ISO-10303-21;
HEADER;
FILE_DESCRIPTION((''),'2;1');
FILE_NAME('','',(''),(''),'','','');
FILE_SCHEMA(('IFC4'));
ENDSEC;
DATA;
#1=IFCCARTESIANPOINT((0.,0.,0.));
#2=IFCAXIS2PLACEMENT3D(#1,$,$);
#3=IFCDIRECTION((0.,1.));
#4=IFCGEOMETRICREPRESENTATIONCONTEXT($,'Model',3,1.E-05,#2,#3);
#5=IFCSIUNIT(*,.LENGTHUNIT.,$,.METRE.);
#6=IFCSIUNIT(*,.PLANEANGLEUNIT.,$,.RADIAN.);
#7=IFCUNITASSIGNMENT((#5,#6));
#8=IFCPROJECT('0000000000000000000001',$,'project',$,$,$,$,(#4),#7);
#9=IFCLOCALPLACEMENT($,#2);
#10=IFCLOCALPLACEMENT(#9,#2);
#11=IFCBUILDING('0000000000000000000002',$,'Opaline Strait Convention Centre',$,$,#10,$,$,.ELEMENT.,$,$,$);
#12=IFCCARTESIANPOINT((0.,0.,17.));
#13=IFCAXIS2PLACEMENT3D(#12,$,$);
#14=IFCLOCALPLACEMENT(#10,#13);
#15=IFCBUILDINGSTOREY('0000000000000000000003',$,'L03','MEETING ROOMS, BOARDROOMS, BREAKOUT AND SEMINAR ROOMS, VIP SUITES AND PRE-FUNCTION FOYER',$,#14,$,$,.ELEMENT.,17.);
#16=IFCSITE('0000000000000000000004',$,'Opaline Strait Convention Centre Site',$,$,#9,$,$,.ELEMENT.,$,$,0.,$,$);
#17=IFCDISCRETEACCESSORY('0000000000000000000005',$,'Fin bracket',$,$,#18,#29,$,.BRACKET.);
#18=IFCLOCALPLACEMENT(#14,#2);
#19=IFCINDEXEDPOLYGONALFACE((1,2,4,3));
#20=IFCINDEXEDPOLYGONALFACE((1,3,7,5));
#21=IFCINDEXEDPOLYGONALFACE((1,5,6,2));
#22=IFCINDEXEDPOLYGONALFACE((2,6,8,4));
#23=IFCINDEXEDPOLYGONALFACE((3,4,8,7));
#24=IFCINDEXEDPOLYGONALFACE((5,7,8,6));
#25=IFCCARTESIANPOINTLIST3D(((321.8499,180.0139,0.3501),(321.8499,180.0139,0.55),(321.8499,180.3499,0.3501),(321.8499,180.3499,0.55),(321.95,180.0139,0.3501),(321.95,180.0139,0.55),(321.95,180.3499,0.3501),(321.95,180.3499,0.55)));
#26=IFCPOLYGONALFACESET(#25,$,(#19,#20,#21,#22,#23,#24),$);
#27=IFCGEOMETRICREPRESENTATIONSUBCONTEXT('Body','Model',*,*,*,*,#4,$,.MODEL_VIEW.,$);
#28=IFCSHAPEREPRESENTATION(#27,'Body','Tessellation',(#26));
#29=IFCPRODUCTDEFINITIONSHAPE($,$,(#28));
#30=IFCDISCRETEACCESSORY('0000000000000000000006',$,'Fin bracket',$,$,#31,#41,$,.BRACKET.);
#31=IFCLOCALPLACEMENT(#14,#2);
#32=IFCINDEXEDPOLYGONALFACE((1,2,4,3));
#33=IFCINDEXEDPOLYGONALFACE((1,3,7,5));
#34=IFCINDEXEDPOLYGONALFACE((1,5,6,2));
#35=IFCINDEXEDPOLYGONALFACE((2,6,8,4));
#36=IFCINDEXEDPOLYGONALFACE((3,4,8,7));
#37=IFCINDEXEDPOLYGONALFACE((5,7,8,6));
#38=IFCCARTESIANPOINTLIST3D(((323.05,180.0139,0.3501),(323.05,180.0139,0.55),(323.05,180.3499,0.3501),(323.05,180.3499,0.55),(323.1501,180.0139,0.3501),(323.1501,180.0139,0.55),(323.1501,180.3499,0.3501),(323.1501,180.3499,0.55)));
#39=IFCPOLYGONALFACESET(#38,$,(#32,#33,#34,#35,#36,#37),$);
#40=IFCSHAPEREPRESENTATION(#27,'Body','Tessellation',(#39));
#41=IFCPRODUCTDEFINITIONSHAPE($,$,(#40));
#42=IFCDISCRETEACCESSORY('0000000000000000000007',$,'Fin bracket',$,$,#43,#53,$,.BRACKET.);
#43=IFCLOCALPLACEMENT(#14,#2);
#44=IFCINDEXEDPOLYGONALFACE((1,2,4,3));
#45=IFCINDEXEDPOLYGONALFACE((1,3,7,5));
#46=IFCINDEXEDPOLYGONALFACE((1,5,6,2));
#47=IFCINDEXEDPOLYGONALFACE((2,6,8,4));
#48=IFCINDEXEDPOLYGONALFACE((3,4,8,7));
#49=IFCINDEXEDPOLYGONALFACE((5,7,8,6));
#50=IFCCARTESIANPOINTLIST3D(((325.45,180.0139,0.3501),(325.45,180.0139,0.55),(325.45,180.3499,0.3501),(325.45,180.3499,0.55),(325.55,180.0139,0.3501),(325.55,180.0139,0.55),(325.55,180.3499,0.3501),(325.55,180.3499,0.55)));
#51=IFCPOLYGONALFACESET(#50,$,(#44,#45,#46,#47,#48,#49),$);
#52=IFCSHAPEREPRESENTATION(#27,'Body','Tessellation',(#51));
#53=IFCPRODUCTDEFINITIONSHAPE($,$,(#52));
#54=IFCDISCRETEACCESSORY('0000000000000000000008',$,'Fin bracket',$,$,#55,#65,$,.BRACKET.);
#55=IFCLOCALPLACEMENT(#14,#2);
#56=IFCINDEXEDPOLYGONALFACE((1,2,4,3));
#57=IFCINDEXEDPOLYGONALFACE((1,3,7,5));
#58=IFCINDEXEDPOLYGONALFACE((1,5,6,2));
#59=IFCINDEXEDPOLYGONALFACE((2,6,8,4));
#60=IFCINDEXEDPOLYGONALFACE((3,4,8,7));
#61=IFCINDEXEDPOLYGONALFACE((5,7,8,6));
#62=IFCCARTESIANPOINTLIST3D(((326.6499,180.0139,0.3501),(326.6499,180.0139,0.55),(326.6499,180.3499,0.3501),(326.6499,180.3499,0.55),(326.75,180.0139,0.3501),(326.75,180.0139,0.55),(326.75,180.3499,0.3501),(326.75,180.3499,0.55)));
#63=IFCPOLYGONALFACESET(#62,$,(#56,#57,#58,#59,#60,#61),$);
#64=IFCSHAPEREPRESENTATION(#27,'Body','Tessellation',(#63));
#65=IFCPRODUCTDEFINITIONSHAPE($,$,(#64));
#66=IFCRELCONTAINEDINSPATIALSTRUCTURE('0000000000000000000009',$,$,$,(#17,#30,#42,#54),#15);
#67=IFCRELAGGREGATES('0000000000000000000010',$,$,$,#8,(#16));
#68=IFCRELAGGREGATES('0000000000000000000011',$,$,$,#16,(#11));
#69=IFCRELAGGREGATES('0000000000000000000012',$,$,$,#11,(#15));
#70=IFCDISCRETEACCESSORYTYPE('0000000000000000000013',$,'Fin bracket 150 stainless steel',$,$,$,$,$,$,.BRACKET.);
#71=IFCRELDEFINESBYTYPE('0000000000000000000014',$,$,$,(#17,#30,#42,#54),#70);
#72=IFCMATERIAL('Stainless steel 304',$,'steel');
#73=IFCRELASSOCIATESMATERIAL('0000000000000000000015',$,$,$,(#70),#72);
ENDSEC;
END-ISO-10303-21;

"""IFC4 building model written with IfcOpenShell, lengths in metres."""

from ifc_helpers import new_model, si_unit, direction, frame, origin, origin_2d, place, context, subcontext, project, spatial, rectangle, extrude, material, type_object, element, save


model = new_model("IFC4")

# Units and contexts
model_context = context("Model", 3, precision=1e-05, world=origin(), true_north=direction((0.0, 1.0)))
body_context = subcontext(model_context, "Body", "Model", "MODEL_VIEW")
ifc_project = project(units=[si_unit("LENGTHUNIT", "METRE"), si_unit("PLANEANGLEUNIT", "RADIAN")], contexts=[model_context])

# Site, building, storey
site_placement = place(None, origin())
site = spatial("IfcSite", under=ifc_project, at=site_placement, Name="Opaline Strait Convention Centre Site", CompositionType="ELEMENT", RefElevation=0.0)
building_placement = place(site_placement, origin())
building = spatial("IfcBuilding", under=site, at=building_placement, Name="Opaline Strait Convention Centre", CompositionType="ELEMENT")
storey_placement = place(building_placement, frame((0.0, 0.0, 17.0)))
storey = spatial("IfcBuildingStorey", under=building, at=storey_placement, Name="L03", Description="MEETING ROOMS, BOARDROOMS, BREAKOUT AND SEMINAR ROOMS, VIP SUITES AND PRE-FUNCTION FOYER", CompositionType="ELEMENT", Elevation=17.0)

# Discrete accessories
ifc_material_1 = material(Name="Stainless steel 304", Category="steel")
discrete_accessory_type = type_object("IfcDiscreteAccessoryType", Name="Fin bracket 150 stainless steel", PredefinedType="BRACKET", material=ifc_material_1)
for number, where, z_axis, x_axis, name in (
    (1, (321.8999, 180.1819, 0.3501), (0.0, 0.0, 1.0), (1.0, 0.0, 0.0), "Fin bracket"),
    (2, (323.1001, 180.1819, 0.3501), (0.0, 0.0, 1.0), (1.0, 0.0, 0.0), "Fin bracket"),
    (3, (325.5, 180.1819, 0.3501), (0.0, 0.0, 1.0), (1.0, 0.0, 0.0), "Fin bracket"),
    (4, (326.7, 180.1819, 0.3501), (0.0, 0.0, 1.0), (1.0, 0.0, 0.0), "Fin bracket"),
):
    element("IfcDiscreteAccessory", number, at=place(storey_placement, frame(where, z_axis=z_axis, x_axis=x_axis)), inside=storey, type_object=discrete_accessory_type, Name=name, PredefinedType="BRACKET", context=body_context, shape_type="SweptSolid", body=[
        extrude(rectangle(XDim=0.1001, YDim=0.3359, at=origin_2d()), origin(), (0.0, 0.0, 1.0), 0.2),
    ])

save(model, "model.ifc")
